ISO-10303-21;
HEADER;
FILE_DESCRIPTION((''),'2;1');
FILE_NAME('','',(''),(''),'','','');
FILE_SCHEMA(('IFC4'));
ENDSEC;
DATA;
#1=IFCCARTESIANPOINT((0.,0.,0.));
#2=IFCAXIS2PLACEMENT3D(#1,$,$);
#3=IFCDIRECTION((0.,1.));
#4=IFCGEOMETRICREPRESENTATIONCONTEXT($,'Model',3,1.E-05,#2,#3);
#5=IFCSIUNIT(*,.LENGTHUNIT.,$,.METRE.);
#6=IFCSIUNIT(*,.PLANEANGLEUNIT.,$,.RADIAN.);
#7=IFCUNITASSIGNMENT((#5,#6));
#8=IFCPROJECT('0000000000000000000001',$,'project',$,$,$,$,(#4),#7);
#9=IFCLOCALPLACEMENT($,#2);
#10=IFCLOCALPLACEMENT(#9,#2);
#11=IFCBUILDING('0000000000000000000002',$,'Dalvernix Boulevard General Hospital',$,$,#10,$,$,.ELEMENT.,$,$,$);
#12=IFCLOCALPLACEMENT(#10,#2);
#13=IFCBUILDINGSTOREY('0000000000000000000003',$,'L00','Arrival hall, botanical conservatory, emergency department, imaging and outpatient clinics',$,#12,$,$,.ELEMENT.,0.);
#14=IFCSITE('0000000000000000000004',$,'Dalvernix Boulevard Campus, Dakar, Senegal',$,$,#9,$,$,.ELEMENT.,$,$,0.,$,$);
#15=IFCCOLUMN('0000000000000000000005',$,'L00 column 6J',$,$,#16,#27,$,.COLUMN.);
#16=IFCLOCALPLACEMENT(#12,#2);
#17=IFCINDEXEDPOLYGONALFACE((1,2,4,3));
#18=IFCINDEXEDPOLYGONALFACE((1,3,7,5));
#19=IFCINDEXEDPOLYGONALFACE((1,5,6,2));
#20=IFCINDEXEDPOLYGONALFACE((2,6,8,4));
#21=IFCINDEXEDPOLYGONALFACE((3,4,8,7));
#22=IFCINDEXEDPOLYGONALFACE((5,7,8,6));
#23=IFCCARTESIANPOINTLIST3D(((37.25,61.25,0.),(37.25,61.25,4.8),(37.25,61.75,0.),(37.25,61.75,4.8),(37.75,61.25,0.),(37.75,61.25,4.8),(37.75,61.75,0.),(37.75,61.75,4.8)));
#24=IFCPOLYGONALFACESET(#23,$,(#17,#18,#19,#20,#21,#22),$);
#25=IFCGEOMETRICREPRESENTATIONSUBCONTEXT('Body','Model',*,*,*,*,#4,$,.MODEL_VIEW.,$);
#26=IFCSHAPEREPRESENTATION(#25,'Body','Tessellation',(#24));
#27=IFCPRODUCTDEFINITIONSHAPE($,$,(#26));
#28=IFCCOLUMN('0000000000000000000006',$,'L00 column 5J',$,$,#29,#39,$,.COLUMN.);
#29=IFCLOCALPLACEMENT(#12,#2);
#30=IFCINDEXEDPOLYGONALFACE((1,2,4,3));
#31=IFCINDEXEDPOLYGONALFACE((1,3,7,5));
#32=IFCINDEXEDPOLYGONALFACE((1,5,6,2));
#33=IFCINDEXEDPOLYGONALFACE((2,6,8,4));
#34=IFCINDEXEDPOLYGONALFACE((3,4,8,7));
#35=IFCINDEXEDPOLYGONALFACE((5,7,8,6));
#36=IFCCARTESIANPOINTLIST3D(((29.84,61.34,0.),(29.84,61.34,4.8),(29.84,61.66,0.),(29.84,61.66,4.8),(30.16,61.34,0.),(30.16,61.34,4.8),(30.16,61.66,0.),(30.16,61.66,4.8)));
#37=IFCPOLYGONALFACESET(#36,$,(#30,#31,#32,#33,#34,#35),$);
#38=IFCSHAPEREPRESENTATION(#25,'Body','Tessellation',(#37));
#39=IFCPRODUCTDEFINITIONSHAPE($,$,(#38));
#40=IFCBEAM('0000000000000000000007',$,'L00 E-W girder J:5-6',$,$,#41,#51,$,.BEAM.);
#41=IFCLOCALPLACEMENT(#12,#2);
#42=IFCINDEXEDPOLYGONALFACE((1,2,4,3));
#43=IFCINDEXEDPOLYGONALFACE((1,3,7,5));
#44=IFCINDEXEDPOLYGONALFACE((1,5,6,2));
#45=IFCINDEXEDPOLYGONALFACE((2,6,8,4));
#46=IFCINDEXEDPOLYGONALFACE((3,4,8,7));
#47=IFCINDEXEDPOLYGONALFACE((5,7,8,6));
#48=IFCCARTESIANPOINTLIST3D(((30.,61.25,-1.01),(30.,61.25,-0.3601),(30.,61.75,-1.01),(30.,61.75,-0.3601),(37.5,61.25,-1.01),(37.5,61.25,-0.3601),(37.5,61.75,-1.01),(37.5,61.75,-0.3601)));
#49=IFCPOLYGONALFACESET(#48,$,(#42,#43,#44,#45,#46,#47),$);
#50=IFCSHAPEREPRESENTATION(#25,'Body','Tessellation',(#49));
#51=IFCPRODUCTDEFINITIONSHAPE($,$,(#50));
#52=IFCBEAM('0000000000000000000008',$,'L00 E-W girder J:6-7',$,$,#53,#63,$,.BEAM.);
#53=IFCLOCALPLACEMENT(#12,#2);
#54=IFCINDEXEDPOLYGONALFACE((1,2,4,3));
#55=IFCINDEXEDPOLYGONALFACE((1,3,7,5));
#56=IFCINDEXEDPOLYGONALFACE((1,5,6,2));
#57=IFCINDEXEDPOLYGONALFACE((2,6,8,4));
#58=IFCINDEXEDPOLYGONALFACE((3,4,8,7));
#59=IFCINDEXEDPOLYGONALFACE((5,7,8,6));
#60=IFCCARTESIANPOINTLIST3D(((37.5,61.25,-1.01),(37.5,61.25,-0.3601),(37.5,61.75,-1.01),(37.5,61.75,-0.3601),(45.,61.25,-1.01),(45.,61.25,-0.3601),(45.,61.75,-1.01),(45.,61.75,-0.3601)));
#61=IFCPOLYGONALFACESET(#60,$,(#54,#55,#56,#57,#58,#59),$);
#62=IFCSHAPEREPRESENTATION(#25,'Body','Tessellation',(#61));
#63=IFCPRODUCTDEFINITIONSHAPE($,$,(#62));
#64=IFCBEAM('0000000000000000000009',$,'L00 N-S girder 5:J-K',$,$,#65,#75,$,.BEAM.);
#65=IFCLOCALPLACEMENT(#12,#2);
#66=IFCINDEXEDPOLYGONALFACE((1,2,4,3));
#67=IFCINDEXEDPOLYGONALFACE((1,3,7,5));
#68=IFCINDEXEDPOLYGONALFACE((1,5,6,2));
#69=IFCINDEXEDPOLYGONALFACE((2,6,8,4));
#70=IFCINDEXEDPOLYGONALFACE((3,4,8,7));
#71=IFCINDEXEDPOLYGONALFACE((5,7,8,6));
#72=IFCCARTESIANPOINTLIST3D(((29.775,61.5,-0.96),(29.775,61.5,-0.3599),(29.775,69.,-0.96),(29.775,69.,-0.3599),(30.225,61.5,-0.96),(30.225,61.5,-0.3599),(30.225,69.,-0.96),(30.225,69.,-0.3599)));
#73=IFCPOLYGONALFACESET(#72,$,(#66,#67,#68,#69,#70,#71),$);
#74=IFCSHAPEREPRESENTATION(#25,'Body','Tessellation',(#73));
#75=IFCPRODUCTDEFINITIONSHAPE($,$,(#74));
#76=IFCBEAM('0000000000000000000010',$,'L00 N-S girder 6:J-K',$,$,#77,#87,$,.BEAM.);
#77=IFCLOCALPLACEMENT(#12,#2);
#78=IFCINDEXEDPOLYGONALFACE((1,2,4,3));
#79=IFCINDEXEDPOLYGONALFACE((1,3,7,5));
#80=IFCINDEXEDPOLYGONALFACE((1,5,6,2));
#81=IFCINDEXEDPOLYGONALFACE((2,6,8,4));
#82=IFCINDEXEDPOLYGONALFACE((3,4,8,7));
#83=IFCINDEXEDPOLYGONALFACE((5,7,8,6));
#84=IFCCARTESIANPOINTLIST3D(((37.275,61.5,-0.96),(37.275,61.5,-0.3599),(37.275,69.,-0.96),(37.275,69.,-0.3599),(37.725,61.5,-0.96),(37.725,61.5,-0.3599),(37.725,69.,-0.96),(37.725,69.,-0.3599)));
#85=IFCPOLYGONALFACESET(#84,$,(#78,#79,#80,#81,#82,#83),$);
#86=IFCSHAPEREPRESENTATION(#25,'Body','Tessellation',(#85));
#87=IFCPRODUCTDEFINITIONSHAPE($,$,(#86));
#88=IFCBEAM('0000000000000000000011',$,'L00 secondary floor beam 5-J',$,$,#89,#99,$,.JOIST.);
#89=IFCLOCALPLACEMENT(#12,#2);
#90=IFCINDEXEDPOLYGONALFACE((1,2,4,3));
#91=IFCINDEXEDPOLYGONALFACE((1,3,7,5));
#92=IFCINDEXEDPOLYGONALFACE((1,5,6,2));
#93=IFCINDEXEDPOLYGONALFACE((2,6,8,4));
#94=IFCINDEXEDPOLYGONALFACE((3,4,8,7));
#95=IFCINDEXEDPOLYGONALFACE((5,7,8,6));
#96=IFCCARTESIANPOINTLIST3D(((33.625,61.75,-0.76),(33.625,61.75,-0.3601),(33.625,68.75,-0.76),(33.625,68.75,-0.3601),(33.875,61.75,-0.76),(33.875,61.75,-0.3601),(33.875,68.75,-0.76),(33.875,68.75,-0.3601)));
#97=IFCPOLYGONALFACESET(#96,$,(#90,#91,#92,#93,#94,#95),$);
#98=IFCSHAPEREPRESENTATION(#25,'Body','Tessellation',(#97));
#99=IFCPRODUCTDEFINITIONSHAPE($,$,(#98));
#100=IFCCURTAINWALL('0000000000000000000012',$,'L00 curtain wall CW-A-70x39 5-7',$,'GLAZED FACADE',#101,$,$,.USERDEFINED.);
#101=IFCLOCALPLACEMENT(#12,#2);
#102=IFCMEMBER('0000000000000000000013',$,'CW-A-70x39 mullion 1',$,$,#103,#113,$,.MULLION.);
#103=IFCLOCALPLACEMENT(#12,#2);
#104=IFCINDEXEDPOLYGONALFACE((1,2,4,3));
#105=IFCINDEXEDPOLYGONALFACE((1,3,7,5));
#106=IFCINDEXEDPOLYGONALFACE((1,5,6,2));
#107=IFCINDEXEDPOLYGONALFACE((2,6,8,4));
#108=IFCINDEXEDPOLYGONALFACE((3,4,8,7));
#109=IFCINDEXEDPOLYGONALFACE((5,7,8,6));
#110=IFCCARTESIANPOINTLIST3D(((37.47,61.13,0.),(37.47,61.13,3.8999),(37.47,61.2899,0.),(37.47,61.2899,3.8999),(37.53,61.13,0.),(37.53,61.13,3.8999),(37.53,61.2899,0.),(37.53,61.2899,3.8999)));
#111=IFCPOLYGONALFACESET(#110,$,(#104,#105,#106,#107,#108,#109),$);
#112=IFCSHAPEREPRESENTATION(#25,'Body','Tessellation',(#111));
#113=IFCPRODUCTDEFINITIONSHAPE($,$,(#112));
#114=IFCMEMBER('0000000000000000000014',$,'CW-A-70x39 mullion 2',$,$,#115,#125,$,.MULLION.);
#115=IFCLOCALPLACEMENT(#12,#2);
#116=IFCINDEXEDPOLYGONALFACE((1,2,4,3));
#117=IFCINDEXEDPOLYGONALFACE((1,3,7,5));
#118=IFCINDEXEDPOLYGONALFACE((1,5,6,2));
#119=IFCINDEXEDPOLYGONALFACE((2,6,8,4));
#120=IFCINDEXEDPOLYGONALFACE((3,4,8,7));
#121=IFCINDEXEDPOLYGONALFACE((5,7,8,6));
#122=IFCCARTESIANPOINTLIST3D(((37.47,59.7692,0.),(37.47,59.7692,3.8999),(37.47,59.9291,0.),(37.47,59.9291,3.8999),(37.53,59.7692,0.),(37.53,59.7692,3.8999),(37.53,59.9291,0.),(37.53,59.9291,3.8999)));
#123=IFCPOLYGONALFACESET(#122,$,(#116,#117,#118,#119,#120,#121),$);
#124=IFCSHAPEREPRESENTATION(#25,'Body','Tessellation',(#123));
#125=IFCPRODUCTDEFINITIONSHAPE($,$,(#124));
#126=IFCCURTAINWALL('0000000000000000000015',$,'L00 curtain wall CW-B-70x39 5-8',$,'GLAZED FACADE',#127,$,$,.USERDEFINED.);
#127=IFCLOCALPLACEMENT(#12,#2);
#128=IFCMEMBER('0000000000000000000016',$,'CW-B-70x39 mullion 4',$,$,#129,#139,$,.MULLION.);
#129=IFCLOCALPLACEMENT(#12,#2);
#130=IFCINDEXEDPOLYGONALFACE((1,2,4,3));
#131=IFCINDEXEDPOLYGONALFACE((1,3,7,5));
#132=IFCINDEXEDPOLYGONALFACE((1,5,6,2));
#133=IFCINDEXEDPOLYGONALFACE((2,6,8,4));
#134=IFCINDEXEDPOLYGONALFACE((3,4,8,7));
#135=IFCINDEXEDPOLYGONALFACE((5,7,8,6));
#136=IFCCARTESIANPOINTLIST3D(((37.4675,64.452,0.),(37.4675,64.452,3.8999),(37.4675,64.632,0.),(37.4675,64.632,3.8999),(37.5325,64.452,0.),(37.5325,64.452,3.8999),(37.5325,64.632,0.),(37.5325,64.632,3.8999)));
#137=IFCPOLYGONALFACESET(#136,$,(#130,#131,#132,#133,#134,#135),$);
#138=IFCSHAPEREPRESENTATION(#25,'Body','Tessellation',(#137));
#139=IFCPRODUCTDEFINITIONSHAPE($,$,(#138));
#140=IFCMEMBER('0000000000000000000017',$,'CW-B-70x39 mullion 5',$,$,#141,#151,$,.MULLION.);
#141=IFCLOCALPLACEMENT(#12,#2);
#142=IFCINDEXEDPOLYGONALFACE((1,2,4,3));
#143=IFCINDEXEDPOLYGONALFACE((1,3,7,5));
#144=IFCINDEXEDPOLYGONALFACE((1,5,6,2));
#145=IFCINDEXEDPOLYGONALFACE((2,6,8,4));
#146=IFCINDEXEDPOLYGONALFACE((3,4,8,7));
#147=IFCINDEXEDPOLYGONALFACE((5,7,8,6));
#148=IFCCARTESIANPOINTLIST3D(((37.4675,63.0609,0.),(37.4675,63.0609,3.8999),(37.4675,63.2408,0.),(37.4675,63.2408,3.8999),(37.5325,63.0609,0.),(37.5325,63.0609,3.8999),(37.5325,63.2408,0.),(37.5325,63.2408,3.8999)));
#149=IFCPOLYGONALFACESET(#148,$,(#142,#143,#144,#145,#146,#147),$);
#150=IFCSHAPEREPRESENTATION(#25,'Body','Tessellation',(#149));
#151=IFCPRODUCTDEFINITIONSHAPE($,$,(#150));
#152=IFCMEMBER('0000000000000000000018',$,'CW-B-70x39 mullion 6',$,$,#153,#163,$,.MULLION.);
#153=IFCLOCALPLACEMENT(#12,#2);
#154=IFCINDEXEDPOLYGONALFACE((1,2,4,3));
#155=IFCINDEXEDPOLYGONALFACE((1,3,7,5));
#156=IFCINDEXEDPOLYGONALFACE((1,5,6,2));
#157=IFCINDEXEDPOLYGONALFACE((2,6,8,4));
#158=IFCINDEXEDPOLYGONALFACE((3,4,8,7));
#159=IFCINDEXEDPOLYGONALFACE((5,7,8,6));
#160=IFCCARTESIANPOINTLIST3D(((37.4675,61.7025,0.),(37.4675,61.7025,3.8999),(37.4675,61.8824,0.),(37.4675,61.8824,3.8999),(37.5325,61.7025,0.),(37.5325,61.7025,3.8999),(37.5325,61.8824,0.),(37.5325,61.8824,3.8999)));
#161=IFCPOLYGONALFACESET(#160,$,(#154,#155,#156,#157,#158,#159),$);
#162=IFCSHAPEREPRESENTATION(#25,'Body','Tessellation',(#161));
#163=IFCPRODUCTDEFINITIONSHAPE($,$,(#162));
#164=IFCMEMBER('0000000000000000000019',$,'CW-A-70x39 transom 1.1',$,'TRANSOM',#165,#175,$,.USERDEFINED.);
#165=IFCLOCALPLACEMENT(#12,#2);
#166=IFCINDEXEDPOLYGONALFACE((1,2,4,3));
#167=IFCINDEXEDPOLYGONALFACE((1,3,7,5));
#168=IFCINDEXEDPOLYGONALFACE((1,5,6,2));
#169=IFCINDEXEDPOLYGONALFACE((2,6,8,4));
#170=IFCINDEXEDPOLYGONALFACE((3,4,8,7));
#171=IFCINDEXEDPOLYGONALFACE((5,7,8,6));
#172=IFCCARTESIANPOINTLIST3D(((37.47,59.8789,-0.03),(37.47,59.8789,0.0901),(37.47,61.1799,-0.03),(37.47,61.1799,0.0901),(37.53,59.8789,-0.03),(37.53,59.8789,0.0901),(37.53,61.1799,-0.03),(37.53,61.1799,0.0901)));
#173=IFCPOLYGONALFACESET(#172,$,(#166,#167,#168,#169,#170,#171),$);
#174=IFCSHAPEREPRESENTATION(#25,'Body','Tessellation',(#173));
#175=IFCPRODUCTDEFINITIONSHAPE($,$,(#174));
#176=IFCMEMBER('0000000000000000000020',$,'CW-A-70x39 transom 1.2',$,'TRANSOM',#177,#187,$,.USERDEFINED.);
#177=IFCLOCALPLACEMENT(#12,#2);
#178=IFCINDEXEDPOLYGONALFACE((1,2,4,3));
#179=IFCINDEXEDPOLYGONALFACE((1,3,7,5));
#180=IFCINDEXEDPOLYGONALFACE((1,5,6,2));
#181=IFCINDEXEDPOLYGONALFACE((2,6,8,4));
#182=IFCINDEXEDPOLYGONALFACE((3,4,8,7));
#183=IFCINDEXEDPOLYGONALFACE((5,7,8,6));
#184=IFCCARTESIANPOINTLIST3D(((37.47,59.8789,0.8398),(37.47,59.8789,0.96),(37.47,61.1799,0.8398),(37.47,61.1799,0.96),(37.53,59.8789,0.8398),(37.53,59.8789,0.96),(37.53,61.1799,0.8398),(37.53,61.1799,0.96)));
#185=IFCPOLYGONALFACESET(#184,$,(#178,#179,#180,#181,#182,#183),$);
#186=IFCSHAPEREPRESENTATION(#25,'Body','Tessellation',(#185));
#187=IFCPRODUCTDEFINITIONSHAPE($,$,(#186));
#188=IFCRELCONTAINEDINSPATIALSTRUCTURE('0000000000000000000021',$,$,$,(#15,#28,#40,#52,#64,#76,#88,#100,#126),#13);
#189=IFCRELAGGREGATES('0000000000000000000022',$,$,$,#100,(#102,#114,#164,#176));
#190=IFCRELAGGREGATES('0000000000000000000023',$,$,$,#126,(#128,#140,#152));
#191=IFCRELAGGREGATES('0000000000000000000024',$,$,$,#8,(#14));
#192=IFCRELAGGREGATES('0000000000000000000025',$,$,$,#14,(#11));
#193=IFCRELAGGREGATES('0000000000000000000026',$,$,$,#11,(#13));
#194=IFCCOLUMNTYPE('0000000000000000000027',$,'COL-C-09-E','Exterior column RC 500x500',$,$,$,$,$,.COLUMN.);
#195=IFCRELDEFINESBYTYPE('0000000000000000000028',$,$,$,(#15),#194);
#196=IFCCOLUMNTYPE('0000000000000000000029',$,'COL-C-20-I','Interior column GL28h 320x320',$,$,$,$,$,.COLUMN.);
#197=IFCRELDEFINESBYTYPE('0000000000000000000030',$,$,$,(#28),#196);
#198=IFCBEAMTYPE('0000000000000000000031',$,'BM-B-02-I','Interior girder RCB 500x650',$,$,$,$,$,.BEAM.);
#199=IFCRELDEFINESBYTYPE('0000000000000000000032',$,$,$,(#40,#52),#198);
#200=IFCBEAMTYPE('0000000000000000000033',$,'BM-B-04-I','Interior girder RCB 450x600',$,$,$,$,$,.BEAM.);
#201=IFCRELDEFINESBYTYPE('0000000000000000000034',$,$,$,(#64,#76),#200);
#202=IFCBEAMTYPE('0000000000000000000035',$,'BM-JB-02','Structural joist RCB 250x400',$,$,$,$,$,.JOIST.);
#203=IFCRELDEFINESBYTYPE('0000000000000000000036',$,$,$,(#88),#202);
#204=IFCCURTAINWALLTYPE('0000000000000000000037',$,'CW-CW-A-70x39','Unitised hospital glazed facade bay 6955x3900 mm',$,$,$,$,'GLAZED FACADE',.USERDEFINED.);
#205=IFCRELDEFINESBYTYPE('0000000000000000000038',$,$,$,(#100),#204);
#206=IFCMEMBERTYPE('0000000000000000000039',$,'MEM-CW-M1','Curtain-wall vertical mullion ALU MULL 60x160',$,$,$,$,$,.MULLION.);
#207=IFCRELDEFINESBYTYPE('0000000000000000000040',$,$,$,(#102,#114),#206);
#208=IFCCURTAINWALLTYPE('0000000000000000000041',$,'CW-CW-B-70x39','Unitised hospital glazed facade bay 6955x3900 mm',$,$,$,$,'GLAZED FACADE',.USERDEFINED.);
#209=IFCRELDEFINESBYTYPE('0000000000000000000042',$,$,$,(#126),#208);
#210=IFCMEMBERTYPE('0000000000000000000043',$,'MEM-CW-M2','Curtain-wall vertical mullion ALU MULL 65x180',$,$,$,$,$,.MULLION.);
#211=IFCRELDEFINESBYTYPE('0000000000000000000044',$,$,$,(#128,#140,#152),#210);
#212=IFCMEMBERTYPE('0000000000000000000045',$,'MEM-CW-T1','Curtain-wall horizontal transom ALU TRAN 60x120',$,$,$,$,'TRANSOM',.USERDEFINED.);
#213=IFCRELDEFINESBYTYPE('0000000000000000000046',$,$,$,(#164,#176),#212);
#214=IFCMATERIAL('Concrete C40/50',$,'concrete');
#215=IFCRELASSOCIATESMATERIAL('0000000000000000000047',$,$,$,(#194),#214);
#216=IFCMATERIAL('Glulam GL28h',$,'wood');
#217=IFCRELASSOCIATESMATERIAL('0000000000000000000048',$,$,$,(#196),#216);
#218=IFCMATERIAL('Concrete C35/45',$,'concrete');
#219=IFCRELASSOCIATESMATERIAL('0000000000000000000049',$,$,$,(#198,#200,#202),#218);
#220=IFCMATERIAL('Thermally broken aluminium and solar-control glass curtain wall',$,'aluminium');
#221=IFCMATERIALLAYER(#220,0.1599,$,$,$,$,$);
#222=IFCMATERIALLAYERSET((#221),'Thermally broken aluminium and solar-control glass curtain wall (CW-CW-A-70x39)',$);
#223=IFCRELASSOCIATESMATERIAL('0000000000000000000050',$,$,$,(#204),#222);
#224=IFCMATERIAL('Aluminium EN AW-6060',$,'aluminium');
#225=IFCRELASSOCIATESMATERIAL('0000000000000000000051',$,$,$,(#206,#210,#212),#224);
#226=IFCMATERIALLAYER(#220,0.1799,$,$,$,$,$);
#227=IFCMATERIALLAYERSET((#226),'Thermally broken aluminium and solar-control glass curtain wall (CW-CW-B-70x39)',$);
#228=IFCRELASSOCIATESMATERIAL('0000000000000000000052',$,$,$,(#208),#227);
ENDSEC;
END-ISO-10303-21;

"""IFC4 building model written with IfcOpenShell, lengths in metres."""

from ifc_helpers import new_model, si_unit, direction, frame, origin, origin_2d, place, context, subcontext, project, spatial, rectangle, extrude, material, layer, layer_set, material_profile, profile_set, type_object, element, aggregate, save


model = new_model("IFC4")

# Units and contexts
model_context = context("Model", 3, precision=1e-05, world=origin(), true_north=direction((0.0, 1.0)))
body_context = subcontext(model_context, "Body", "Model", "MODEL_VIEW")
ifc_project = project(units=[si_unit("LENGTHUNIT", "METRE"), si_unit("PLANEANGLEUNIT", "RADIAN")], contexts=[model_context])

# Site, building, storey
site_placement = place(None, origin())
site = spatial("IfcSite", under=ifc_project, at=site_placement, Name="Dalvernix Boulevard Campus, Dakar, Senegal", CompositionType="ELEMENT", RefElevation=0.0)
building_placement = place(site_placement, origin())
building = spatial("IfcBuilding", under=site, at=building_placement, Name="Dalvernix Boulevard General Hospital", CompositionType="ELEMENT")
storey_placement = place(building_placement, origin())
storey = spatial("IfcBuildingStorey", under=building, at=storey_placement, Name="L00", Description="Arrival hall, botanical conservatory, emergency department, imaging and outpatient clinics", CompositionType="ELEMENT", Elevation=0.0)

# Columns
ifc_material_1 = material(Name="Concrete C40/50", Category="concrete")
ifc_material_profile_1 = material_profile(ifc_material_1, rectangle(XDim=0.5, YDim=0.5, at=origin_2d()), Name="RC 500x500")
ifc_profile_set_1 = profile_set([ifc_material_profile_1], Name="Concrete C40/50")
column_type_1 = type_object("IfcColumnType", Name="COL-C-09-E", Description="Exterior column RC 500x500", PredefinedType="COLUMN", material=ifc_profile_set_1)
column_1_placement = place(storey_placement, frame((37.5, 61.5, 0.0), z_axis=(0.0, 0.0, 1.0), x_axis=(1.0, 0.0, 0.0)))
element("IfcColumn", 1, at=column_1_placement, inside=storey, type_object=column_type_1, Name="L00 column 6J", PredefinedType="COLUMN", context=body_context, shape_type="SweptSolid", body=[
    extrude(rectangle(XDim=0.5, YDim=0.5, at=origin_2d()), origin(), (0.0, 0.0, 1.0), 4.8),
])
ifc_material_2 = material(Name="Glulam GL28h", Category="wood")
ifc_material_profile_2 = material_profile(ifc_material_2, rectangle(XDim=0.3201, YDim=0.3201, at=origin_2d()), Name="GL28h 320x320")
ifc_profile_set_2 = profile_set([ifc_material_profile_2], Name="Glulam GL28h")
column_type_2 = type_object("IfcColumnType", Name="COL-C-20-I", Description="Interior column GL28h 320x320", PredefinedType="COLUMN", material=ifc_profile_set_2)
column_2_placement = place(storey_placement, frame((30.0, 61.5, 0.0), z_axis=(0.0, 0.0, 1.0), x_axis=(1.0, 0.0, 0.0)))
element("IfcColumn", 2, at=column_2_placement, inside=storey, type_object=column_type_2, Name="L00 column 5J", PredefinedType="COLUMN", context=body_context, shape_type="SweptSolid", body=[
    extrude(rectangle(XDim=0.3201, YDim=0.3201, at=origin_2d()), origin(), (0.0, 0.0, 1.0), 4.8),
])

# Beams
ifc_material_3 = material(Name="Concrete C35/45", Category="concrete")
ifc_material_profile_3 = material_profile(ifc_material_3, rectangle(XDim=0.5, YDim=0.6499, at=origin_2d()), Name="RCB 500x650")
ifc_profile_set_3 = profile_set([ifc_material_profile_3], Name="Concrete C35/45")
beam_type_1 = type_object("IfcBeamType", Name="BM-B-02-I", Description="Interior girder RCB 500x650", PredefinedType="BEAM", material=ifc_profile_set_3)
for number, where, z_axis, x_axis, name in (
    (3, (30.0, 61.5, -0.6851), (1.0, 0.0, 0.0), (0.0, 1.0, 0.0), "L00 E-W girder J:5-6"),
    (4, (37.5, 61.5, -0.6851), (1.0, 0.0, 0.0), (0.0, 1.0, 0.0), "L00 E-W girder J:6-7"),
):
    element("IfcBeam", number, at=place(storey_placement, frame(where, z_axis=z_axis, x_axis=x_axis)), inside=storey, type_object=beam_type_1, Name=name, PredefinedType="BEAM", context=body_context, shape_type="SweptSolid", body=[
        extrude(rectangle(XDim=0.5, YDim=0.6499, at=origin_2d()), origin(), (0.0, 0.0, 1.0), 7.5),
    ])
ifc_material_profile_4 = material_profile(ifc_material_3, rectangle(XDim=0.45, YDim=0.6001, at=origin_2d()), Name="RCB 450x600")
ifc_profile_set_4 = profile_set([ifc_material_profile_4], Name="Concrete C35/45")
beam_type_2 = type_object("IfcBeamType", Name="BM-B-04-I", Description="Interior girder RCB 450x600", PredefinedType="BEAM", material=ifc_profile_set_4)
for number, where, z_axis, x_axis, name in (
    (5, (30.0, 61.5, -0.6599), (0.0, 1.0, 0.0), (-1.0, 0.0, 0.0), "L00 N-S girder 5:J-K"),
    (6, (37.5, 61.5, -0.6599), (0.0, 1.0, 0.0), (-1.0, 0.0, 0.0), "L00 N-S girder 6:J-K"),
):
    element("IfcBeam", number, at=place(storey_placement, frame(where, z_axis=z_axis, x_axis=x_axis)), inside=storey, type_object=beam_type_2, Name=name, PredefinedType="BEAM", context=body_context, shape_type="SweptSolid", body=[
        extrude(rectangle(XDim=0.45, YDim=0.6001, at=origin_2d()), origin(), (0.0, 0.0, 1.0), 7.5),
    ])
ifc_material_profile_5 = material_profile(ifc_material_3, rectangle(XDim=0.25, YDim=0.3999, at=origin_2d()), Name="RCB 250x400")
ifc_profile_set_5 = profile_set([ifc_material_profile_5], Name="Concrete C35/45")
beam_type_3 = type_object("IfcBeamType", Name="BM-JB-02", Description="Structural joist RCB 250x400", PredefinedType="JOIST", material=ifc_profile_set_5)
beam_placement = place(storey_placement, frame((33.75, 61.75, -0.5601), z_axis=(0.0, 1.0, 0.0), x_axis=(-1.0, 0.0, 0.0)))
element("IfcBeam", 7, at=beam_placement, inside=storey, type_object=beam_type_3, Name="L00 secondary floor beam 5-J", PredefinedType="JOIST", context=body_context, shape_type="SweptSolid", body=[
    extrude(rectangle(XDim=0.25, YDim=0.3999, at=origin_2d()), origin(), (0.0, 0.0, 1.0), 7.0),
])

# Curtain walls, members
ifc_material_4 = material(Name="Thermally broken aluminium and solar-control glass curtain wall", Category="aluminium")
ifc_layer_1 = layer(ifc_material_4, 0.1599)
ifc_layer_set_1 = layer_set([ifc_layer_1], Name="Thermally broken aluminium and solar-control glass curtain wall (CW-CW-A-70x39)")
curtain_wall_type_1 = type_object("IfcCurtainWallType", Name="CW-CW-A-70x39", Description="Unitised hospital glazed facade bay 6955x3900 mm", ElementType="GLAZED FACADE", PredefinedType="USERDEFINED", material=ifc_layer_set_1)
curtain_wall_1_placement = place(storey_placement, origin())
curtain_wall_1 = element("IfcCurtainWall", 8, at=curtain_wall_1_placement, inside=storey, type_object=curtain_wall_type_1, Name="L00 curtain wall CW-A-70x39 5-7", ObjectType="GLAZED FACADE", PredefinedType="USERDEFINED")
ifc_material_5 = material(Name="Aluminium EN AW-6060", Category="aluminium")
ifc_material_profile_6 = material_profile(ifc_material_5, rectangle(XDim=0.0601, YDim=0.1599, at=origin_2d()), Name="ALU MULL 60x160")
ifc_profile_set_6 = profile_set([ifc_material_profile_6], Name="Aluminium EN AW-6060")
member_type_1 = type_object("IfcMemberType", Name="MEM-CW-M1", Description="Curtain-wall vertical mullion ALU MULL 60x160", PredefinedType="MULLION", material=ifc_profile_set_6)
member_1_placement = place(storey_placement, frame((37.5, 61.21, 0.0), z_axis=(0.0, 0.0, 1.0), x_axis=(1.0, 0.0, 0.0)))
member_1 = element("IfcMember", 9, at=member_1_placement, type_object=member_type_1, Name="CW-A-70x39 mullion 1", PredefinedType="MULLION", context=body_context, shape_type="SweptSolid", body=[
    extrude(rectangle(XDim=0.0601, YDim=0.1599, at=origin_2d()), origin(), (0.0, 0.0, 1.0), 3.8999),
])
member_2_placement = place(storey_placement, frame((37.5, 59.8491, 0.0), z_axis=(0.0, 0.0, 1.0), x_axis=(1.0, 0.0, 0.0)))
member_2 = element("IfcMember", 10, at=member_2_placement, type_object=member_type_1, Name="CW-A-70x39 mullion 2", PredefinedType="MULLION", context=body_context, shape_type="SweptSolid", body=[
    extrude(rectangle(XDim=0.0601, YDim=0.1599, at=origin_2d()), origin(), (0.0, 0.0, 1.0), 3.8999),
])
ifc_layer_2 = layer(ifc_material_4, 0.1799)
ifc_layer_set_2 = layer_set([ifc_layer_2], Name="Thermally broken aluminium and solar-control glass curtain wall (CW-CW-B-70x39)")
curtain_wall_type_2 = type_object("IfcCurtainWallType", Name="CW-CW-B-70x39", Description="Unitised hospital glazed facade bay 6955x3900 mm", ElementType="GLAZED FACADE", PredefinedType="USERDEFINED", material=ifc_layer_set_2)
curtain_wall_2_placement = place(storey_placement, origin())
curtain_wall_2 = element("IfcCurtainWall", 11, at=curtain_wall_2_placement, inside=storey, type_object=curtain_wall_type_2, Name="L00 curtain wall CW-B-70x39 5-8", ObjectType="GLAZED FACADE", PredefinedType="USERDEFINED")
ifc_material_profile_7 = material_profile(ifc_material_5, rectangle(XDim=0.0649, YDim=0.1799, at=origin_2d()), Name="ALU MULL 65x180")
ifc_profile_set_7 = profile_set([ifc_material_profile_7], Name="Aluminium EN AW-6060")
member_type_2 = type_object("IfcMemberType", Name="MEM-CW-M2", Description="Curtain-wall vertical mullion ALU MULL 65x180", PredefinedType="MULLION", material=ifc_profile_set_7)
member_3_placement = place(storey_placement, frame((37.5, 64.542, 0.0), z_axis=(0.0, 0.0, 1.0), x_axis=(1.0, 0.0, 0.0)))
member_3 = element("IfcMember", 12, at=member_3_placement, type_object=member_type_2, Name="CW-B-70x39 mullion 4", PredefinedType="MULLION", context=body_context, shape_type="SweptSolid", body=[
    extrude(rectangle(XDim=0.0649, YDim=0.1799, at=origin_2d()), origin(), (0.0, 0.0, 1.0), 3.8999),
])
member_4_placement = place(storey_placement, frame((37.5, 63.1509, 0.0), z_axis=(0.0, 0.0, 1.0), x_axis=(1.0, 0.0, 0.0)))
member_4 = element("IfcMember", 13, at=member_4_placement, type_object=member_type_2, Name="CW-B-70x39 mullion 5", PredefinedType="MULLION", context=body_context, shape_type="SweptSolid", body=[
    extrude(rectangle(XDim=0.0649, YDim=0.1799, at=origin_2d()), origin(), (0.0, 0.0, 1.0), 3.8999),
])
member_5_placement = place(storey_placement, frame((37.5, 61.7925, 0.0), z_axis=(0.0, 0.0, 1.0), x_axis=(1.0, 0.0, 0.0)))
member_5 = element("IfcMember", 14, at=member_5_placement, type_object=member_type_2, Name="CW-B-70x39 mullion 6", PredefinedType="MULLION", context=body_context, shape_type="SweptSolid", body=[
    extrude(rectangle(XDim=0.0649, YDim=0.1799, at=origin_2d()), origin(), (0.0, 0.0, 1.0), 3.8999),
])

# Members
ifc_material_profile_8 = material_profile(ifc_material_5, rectangle(XDim=0.0601, YDim=0.1201, at=origin_2d()), Name="ALU TRAN 60x120")
ifc_profile_set_8 = profile_set([ifc_material_profile_8], Name="Aluminium EN AW-6060")
member_type_3 = type_object("IfcMemberType", Name="MEM-CW-T1", Description="Curtain-wall horizontal transom ALU TRAN 60x120", ElementType="TRANSOM", PredefinedType="USERDEFINED", material=ifc_profile_set_8)
member_6_placement = place(storey_placement, frame((37.5, 61.1799, 0.03), z_axis=(0.0, -1.0, 0.0), x_axis=(1.0, 0.0, 0.0)))
member_6 = element("IfcMember", 15, at=member_6_placement, type_object=member_type_3, Name="CW-A-70x39 transom 1.1", ObjectType="TRANSOM", PredefinedType="USERDEFINED", context=body_context, shape_type="SweptSolid", body=[
    extrude(rectangle(XDim=0.0601, YDim=0.1201, at=origin_2d()), origin(), (0.0, 0.0, 1.0), 1.301),
])
member_7_placement = place(storey_placement, frame((37.5, 61.1799, 0.8999), z_axis=(0.0, -1.0, 0.0), x_axis=(1.0, 0.0, 0.0)))
member_7 = element("IfcMember", 16, at=member_7_placement, type_object=member_type_3, Name="CW-A-70x39 transom 1.2", ObjectType="TRANSOM", PredefinedType="USERDEFINED", context=body_context, shape_type="SweptSolid", body=[
    extrude(rectangle(XDim=0.0601, YDim=0.1201, at=origin_2d()), origin(), (0.0, 0.0, 1.0), 1.301),
])

aggregate(curtain_wall_1, [member_1, member_2, member_6, member_7])
aggregate(curtain_wall_2, [member_3, member_4, member_5])

save(model, "model.ifc")
